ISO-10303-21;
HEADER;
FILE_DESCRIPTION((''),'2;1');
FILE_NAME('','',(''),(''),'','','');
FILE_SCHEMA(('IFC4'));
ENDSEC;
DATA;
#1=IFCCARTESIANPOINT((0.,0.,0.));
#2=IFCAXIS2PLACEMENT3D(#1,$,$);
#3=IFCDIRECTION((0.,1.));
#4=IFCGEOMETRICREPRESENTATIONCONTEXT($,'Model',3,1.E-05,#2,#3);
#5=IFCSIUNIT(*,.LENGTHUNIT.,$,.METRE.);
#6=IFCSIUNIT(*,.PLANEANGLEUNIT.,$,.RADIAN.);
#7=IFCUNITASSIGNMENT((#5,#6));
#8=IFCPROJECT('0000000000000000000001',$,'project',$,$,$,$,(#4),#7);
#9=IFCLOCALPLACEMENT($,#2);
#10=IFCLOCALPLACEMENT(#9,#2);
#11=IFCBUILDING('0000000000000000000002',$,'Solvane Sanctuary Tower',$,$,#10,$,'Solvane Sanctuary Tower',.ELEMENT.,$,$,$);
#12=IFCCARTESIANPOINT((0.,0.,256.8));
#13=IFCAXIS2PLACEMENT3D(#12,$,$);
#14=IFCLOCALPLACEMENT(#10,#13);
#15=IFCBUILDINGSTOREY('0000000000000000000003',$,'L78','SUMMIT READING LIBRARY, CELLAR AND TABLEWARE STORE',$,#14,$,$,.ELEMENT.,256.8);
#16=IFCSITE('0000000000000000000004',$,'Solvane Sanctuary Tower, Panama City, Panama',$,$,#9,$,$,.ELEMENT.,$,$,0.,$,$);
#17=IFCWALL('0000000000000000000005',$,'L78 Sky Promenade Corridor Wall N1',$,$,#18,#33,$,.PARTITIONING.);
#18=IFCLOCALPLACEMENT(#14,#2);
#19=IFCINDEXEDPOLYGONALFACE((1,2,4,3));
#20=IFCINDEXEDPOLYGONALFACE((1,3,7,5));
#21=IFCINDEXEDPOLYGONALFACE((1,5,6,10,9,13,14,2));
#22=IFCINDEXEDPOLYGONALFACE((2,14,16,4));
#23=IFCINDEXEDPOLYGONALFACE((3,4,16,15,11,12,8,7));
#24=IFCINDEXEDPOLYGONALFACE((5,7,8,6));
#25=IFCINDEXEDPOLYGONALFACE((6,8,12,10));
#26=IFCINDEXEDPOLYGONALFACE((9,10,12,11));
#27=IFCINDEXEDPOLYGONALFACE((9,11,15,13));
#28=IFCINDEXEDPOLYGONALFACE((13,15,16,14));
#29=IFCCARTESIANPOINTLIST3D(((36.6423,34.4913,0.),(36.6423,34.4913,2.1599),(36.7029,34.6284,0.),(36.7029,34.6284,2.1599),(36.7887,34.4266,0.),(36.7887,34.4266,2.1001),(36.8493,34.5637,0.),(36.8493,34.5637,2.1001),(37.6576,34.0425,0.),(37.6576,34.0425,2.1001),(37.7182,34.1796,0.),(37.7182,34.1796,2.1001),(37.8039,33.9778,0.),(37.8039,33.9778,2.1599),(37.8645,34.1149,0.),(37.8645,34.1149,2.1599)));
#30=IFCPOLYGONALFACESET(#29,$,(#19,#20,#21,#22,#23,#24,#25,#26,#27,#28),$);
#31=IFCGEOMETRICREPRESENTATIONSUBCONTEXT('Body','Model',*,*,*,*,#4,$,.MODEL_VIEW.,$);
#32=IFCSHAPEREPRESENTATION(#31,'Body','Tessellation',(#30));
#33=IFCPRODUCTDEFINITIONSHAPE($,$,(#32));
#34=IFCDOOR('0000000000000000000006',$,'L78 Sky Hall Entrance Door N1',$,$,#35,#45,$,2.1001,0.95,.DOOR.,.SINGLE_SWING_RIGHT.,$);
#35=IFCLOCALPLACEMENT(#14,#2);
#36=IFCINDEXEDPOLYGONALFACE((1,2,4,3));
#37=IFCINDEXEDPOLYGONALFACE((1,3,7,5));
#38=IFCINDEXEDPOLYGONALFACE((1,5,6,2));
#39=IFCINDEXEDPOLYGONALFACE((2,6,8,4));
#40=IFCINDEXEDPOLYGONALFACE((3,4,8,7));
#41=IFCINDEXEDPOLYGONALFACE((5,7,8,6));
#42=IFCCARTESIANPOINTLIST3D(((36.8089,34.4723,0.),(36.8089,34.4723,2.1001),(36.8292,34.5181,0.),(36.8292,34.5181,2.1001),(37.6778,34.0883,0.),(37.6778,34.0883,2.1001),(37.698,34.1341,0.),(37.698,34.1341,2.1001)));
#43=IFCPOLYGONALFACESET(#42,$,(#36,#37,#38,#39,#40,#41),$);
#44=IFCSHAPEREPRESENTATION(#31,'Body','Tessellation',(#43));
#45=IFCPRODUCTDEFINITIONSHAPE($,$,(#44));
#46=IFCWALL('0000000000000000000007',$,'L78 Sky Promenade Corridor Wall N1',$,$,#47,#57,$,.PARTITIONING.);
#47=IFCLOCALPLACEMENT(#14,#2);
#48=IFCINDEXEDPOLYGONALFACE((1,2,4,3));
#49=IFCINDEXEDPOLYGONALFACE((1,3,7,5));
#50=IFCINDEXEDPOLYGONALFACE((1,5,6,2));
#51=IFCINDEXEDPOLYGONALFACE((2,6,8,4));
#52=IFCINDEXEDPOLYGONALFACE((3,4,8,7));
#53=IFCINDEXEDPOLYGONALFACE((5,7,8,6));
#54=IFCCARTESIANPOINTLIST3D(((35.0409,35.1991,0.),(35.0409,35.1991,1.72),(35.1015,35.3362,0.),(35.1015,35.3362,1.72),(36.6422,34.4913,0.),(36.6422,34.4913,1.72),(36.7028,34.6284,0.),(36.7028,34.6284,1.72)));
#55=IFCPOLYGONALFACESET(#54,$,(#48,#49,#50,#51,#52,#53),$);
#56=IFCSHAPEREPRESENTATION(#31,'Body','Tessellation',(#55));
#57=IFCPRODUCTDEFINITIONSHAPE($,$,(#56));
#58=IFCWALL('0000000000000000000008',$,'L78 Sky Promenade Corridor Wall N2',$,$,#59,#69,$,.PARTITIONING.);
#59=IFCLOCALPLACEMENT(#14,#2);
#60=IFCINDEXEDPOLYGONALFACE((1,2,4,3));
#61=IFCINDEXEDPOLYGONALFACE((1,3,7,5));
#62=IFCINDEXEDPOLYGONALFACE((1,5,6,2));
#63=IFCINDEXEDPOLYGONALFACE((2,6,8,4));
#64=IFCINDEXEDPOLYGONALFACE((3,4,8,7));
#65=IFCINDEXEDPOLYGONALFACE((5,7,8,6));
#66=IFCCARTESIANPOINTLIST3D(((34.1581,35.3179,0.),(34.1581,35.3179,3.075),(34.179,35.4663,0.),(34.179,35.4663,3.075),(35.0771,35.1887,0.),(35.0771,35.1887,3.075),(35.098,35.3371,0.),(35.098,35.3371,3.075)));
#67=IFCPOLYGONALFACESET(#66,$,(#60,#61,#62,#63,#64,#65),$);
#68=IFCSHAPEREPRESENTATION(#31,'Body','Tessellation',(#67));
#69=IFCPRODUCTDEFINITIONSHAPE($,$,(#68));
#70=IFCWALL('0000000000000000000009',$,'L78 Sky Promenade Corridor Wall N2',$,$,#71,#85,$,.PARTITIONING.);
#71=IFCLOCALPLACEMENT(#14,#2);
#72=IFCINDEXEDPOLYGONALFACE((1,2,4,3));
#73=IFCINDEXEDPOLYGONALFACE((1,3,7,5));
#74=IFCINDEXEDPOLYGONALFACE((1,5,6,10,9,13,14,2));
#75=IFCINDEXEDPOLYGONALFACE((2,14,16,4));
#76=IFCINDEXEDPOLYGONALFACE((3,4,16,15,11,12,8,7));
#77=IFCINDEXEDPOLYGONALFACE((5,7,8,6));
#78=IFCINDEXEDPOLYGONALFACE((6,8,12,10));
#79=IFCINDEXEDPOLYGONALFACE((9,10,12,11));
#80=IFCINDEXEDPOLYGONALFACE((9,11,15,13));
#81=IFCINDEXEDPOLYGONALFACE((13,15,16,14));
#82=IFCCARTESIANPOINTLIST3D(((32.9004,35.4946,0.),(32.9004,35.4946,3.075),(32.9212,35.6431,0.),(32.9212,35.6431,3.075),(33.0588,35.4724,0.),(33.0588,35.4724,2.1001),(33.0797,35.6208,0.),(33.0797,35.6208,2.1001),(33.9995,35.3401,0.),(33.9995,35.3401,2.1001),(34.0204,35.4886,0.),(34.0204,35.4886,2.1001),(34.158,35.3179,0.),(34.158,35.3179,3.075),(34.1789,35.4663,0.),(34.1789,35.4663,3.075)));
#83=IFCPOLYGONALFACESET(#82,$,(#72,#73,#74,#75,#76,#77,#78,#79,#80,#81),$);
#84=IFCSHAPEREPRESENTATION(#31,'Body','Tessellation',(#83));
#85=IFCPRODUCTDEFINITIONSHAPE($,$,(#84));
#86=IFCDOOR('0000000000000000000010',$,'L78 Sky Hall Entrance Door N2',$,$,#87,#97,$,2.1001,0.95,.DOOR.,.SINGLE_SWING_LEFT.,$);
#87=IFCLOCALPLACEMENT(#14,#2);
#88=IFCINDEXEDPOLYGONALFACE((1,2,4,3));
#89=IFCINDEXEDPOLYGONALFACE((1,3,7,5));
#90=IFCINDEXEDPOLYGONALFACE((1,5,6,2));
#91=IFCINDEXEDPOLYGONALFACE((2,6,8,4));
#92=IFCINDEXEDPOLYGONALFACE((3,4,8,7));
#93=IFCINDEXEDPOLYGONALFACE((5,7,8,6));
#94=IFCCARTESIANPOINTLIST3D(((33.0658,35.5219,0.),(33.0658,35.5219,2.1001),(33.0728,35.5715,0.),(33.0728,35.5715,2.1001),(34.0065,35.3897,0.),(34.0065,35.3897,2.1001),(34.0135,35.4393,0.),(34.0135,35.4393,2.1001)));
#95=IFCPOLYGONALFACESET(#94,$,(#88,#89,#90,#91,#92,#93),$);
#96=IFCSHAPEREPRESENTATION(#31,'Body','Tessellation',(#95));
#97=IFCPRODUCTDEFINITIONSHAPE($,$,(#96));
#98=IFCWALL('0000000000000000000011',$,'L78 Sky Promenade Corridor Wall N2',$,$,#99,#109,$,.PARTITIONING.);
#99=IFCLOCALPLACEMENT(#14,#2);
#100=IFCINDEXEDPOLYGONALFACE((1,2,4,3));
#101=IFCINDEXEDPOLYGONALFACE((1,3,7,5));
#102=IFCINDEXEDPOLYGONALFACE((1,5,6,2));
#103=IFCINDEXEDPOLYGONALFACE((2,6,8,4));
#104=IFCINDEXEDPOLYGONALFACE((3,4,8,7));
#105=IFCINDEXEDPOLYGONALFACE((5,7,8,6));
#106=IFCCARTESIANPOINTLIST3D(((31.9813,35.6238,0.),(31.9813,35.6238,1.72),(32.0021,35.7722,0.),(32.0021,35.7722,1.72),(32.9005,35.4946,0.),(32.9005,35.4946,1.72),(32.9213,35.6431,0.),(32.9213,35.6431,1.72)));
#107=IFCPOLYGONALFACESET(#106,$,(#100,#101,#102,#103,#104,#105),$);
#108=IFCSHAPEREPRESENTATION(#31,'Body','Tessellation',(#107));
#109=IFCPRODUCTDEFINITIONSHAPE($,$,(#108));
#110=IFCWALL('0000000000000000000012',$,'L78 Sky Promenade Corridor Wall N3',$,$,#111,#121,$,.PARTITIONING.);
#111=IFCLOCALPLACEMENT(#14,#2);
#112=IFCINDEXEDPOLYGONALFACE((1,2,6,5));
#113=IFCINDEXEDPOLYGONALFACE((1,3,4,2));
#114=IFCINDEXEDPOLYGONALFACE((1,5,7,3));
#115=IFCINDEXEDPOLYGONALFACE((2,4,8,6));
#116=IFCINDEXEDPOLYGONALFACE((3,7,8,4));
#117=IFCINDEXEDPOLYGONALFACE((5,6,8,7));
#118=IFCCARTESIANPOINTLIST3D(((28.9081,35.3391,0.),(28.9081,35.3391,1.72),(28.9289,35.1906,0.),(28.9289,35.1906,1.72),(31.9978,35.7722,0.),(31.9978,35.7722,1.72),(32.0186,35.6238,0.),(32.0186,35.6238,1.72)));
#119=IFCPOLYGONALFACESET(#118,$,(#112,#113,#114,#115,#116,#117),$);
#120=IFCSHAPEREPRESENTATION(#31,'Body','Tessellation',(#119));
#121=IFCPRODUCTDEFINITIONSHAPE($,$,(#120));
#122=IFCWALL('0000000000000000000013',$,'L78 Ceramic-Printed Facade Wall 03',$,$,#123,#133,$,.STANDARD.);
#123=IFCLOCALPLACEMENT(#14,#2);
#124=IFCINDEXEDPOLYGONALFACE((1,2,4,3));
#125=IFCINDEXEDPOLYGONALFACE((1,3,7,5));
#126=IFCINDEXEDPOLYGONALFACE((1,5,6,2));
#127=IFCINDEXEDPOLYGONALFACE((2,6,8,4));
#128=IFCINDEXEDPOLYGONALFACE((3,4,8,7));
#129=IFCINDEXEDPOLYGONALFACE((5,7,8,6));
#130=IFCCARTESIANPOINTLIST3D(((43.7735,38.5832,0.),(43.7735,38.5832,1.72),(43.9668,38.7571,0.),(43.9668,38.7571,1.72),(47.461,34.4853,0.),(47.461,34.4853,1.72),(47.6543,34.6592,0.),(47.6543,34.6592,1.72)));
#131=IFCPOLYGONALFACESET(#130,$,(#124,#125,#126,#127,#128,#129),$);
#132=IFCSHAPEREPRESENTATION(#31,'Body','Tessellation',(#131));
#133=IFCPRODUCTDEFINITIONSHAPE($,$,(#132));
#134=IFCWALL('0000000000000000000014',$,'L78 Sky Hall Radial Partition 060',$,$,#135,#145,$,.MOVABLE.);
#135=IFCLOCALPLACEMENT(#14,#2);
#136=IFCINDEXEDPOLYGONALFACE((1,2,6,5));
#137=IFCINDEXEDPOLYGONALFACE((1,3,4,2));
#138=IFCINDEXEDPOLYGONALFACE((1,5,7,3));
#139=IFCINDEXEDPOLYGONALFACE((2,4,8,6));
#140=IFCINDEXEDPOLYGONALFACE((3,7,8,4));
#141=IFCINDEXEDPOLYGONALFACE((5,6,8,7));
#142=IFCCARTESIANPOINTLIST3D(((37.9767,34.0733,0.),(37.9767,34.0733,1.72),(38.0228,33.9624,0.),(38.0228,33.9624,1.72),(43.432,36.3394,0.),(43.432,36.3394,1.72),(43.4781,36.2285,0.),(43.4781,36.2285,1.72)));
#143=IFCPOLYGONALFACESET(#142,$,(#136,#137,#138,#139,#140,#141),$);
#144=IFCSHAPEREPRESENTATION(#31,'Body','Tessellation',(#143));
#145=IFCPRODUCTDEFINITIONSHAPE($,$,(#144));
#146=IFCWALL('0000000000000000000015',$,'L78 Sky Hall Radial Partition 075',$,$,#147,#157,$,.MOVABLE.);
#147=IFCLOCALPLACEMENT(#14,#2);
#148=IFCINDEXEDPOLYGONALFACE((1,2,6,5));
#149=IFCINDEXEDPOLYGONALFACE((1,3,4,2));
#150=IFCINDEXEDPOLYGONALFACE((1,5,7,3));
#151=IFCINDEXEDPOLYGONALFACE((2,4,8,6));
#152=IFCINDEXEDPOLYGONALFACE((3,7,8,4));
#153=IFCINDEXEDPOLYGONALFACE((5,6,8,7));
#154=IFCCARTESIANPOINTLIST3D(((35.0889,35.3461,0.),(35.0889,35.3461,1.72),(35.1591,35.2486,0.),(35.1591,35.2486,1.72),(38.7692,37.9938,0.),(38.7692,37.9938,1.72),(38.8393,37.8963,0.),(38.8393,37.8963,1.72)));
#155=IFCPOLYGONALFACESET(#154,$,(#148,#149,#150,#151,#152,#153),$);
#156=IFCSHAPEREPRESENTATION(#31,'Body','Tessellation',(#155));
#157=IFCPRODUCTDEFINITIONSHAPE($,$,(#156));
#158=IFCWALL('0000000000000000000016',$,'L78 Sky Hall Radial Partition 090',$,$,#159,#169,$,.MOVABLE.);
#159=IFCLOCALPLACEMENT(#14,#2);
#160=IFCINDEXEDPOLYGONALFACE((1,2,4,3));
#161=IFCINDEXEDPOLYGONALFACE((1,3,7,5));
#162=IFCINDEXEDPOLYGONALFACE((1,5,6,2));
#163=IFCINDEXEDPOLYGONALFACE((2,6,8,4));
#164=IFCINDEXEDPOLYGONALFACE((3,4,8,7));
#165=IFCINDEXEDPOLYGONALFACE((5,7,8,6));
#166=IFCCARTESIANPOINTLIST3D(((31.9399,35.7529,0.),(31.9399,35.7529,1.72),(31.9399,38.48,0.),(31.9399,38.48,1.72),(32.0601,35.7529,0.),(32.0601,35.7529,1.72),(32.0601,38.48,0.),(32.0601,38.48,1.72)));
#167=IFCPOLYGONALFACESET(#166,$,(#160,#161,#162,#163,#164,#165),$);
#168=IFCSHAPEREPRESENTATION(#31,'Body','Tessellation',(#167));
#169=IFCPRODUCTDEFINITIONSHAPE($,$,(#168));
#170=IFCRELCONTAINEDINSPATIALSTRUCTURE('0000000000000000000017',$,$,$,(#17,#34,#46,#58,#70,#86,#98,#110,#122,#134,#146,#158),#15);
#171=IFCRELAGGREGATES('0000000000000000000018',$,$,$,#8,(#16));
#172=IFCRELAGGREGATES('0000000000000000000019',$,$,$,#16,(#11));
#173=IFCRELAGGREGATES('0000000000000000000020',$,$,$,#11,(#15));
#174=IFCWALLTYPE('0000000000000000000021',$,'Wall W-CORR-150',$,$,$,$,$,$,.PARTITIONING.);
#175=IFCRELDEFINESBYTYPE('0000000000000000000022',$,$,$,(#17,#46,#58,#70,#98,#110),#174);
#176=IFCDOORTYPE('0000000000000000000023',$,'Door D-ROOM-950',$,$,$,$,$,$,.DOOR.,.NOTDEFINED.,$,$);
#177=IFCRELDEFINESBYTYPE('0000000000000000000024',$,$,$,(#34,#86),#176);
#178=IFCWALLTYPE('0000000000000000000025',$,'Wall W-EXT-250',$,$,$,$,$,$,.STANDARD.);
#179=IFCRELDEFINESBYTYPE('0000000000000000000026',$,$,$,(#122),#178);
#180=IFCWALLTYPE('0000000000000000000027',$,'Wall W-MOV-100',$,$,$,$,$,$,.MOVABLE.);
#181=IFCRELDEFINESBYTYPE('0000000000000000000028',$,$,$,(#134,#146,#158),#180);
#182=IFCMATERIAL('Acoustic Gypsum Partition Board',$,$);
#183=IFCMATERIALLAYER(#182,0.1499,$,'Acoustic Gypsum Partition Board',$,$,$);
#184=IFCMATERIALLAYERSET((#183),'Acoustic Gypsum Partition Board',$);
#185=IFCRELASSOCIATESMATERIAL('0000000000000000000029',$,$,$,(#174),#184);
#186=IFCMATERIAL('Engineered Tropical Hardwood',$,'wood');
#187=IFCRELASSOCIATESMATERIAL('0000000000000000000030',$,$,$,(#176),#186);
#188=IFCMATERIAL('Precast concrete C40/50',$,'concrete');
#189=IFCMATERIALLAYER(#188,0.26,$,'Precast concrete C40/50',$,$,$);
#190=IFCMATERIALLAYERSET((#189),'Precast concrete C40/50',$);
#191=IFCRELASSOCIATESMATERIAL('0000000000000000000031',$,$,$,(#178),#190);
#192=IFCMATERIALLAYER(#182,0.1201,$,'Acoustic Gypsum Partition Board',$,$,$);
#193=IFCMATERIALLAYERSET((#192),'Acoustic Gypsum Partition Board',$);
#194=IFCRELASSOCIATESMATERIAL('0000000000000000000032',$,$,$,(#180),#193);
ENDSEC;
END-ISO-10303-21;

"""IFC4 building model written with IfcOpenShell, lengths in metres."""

from ifc_helpers import new_model, si_unit, direction, frame, frame_2d, origin, place, context, subcontext, project, spatial, rectangle, extrude, material, layer, layer_set, type_object, element, fill, save


model = new_model("IFC4")

# Units and contexts
model_context = context("Model", 3, precision=1e-05, world=origin(), true_north=direction((0.0, 1.0)))
body_context = subcontext(model_context, "Body", "Model", "MODEL_VIEW")
ifc_project = project(units=[si_unit("LENGTHUNIT", "METRE"), si_unit("PLANEANGLEUNIT", "RADIAN")], contexts=[model_context])

# Site, building, storey
site_placement = place(None, origin())
site = spatial("IfcSite", under=ifc_project, at=site_placement, Name="Solvane Sanctuary Tower, Panama City, Panama", CompositionType="ELEMENT", RefElevation=0.0)
building_placement = place(site_placement, origin())
building = spatial("IfcBuilding", under=site, at=building_placement, Name="Solvane Sanctuary Tower", LongName="Solvane Sanctuary Tower", CompositionType="ELEMENT")
storey_placement = place(building_placement, frame((0.0, 0.0, 256.8)))
storey = spatial("IfcBuildingStorey", under=building, at=storey_placement, Name="L78", Description="SUMMIT READING LIBRARY, CELLAR AND TABLEWARE STORE", CompositionType="ELEMENT", Elevation=256.8)

# Shared definitions
ifc_material_1 = material(Name="Acoustic Gypsum Partition Board")
ifc_layer_1 = layer(ifc_material_1, 0.1499, Name="Acoustic Gypsum Partition Board")
ifc_layer_set_1 = layer_set([ifc_layer_1], Name="Acoustic Gypsum Partition Board")
wall_type_1 = type_object("IfcWallType", Name="Wall W-CORR-150", PredefinedType="PARTITIONING", material=ifc_layer_set_1)

# Shared definitions
ifc_material_2 = material(Name="Engineered Tropical Hardwood", Category="wood")
door_type = type_object("IfcDoorType", Name="Door D-ROOM-950", OperationType="NOTDEFINED", PredefinedType="DOOR", material=ifc_material_2)

# Wall, opening, door
wall_1_placement = place(storey_placement, frame((37.8342, 34.0464, 0.0), z_axis=(0.0, 0.0, 1.0), x_axis=(-0.914642, 0.404265, 0.0)))
wall_1 = element("IfcWall", 1, at=wall_1_placement, inside=storey, type_object=wall_type_1, Name="L78 Sky Promenade Corridor Wall N1", PredefinedType="PARTITIONING", context=body_context, shape_type="SweptSolid", body=[
    extrude(rectangle(XDim=1.27, YDim=0.1499, at=frame_2d((0.635, 0.0))), origin(), (0.0, 0.0, 1.0), 2.1599),
])
opening_1_placement = place(wall_1_placement, frame((0.1599, 0.0, 0.0)))
opening_1 = element("IfcOpeningElement", 2, at=opening_1_placement, cuts=wall_1, PredefinedType="OPENING", context=body_context, shape_type="SweptSolid", body=[
    extrude(rectangle(XDim=0.95, YDim=2.1001, at=frame_2d((0.4751, 1.05))), frame((0.0, 0.085, 0.0), z_axis=(0.0, -1.0, 0.0), x_axis=(1.0, 0.0, 0.0)), (0.0, 0.0, 1.0), 0.1699),
])
door_1_placement = place(opening_1_placement, origin())
door_1 = element("IfcDoor", 3, at=door_1_placement, inside=storey, type_object=door_type, Name="L78 Sky Hall Entrance Door N1", OperationType="SINGLE_SWING_RIGHT", OverallHeight=2.1001, OverallWidth=0.95, PredefinedType="DOOR", context=body_context, shape_type="SweptSolid", body=[
    extrude(rectangle(XDim=0.95, YDim=2.1001, at=frame_2d((0.4751, 1.05))), frame((0.0, 0.0249, 0.0), z_axis=(0.0, -1.0, 0.0), x_axis=(1.0, 0.0, 0.0)), (0.0, 0.0, 1.0), 0.05),
])
fill(opening_1, door_1)

# Walls
wall_2_placement = place(storey_placement, frame((36.6726, 34.5598, 0.0), z_axis=(0.0, 0.0, 1.0), x_axis=(-0.914643, 0.404262, 0.0)))
element("IfcWall", 4, at=wall_2_placement, inside=storey, type_object=wall_type_1, Name="L78 Sky Promenade Corridor Wall N1", PredefinedType="PARTITIONING", context=body_context, shape_type="SweptSolid", body=[
    extrude(rectangle(XDim=1.7507, YDim=0.1499, at=frame_2d((0.8755, 0.0))), origin(), (0.0, 0.0, 1.0), 1.72),
])
wall_3_placement = place(storey_placement, frame((35.0874, 35.2629, 0.0), z_axis=(0.0, 0.0, 1.0), x_axis=(-0.990268, 0.139174, 0.0)))
element("IfcWall", 5, at=wall_3_placement, inside=storey, type_object=wall_type_1, Name="L78 Sky Promenade Corridor Wall N2", PredefinedType="PARTITIONING", context=body_context, shape_type="SweptSolid", body=[
    extrude(rectangle(XDim=0.928, YDim=0.1499, at=frame_2d((0.4639, 0.0))), origin(), (0.0, 0.0, 1.0), 3.075),
])

# Wall, opening, door
wall_4_placement = place(storey_placement, frame((34.1685, 35.3921, 0.0), z_axis=(0.0, 0.0, 1.0), x_axis=(-0.990266, 0.139187, 0.0)))
wall_4 = element("IfcWall", 6, at=wall_4_placement, inside=storey, type_object=wall_type_1, Name="L78 Sky Promenade Corridor Wall N2", PredefinedType="PARTITIONING", context=body_context, shape_type="SweptSolid", body=[
    extrude(rectangle(XDim=1.27, YDim=0.1499, at=frame_2d((0.635, 0.0))), origin(), (0.0, 0.0, 1.0), 3.075),
])
opening_2_placement = place(wall_4_placement, frame((0.1599, 0.0, 0.0)))
opening_2 = element("IfcOpeningElement", 7, at=opening_2_placement, cuts=wall_4, PredefinedType="OPENING", context=body_context, shape_type="SweptSolid", body=[
    extrude(rectangle(XDim=0.95, YDim=2.1001, at=frame_2d((0.4751, 1.05))), frame((0.0, 0.085, 0.0), z_axis=(0.0, -1.0, 0.0), x_axis=(1.0, 0.0, 0.0)), (0.0, 0.0, 1.0), 0.1699),
])
door_2_placement = place(opening_2_placement, origin())
door_2 = element("IfcDoor", 8, at=door_2_placement, inside=storey, type_object=door_type, Name="L78 Sky Hall Entrance Door N2", OperationType="SINGLE_SWING_LEFT", OverallHeight=2.1001, OverallWidth=0.95, PredefinedType="DOOR", context=body_context, shape_type="SweptSolid", body=[
    extrude(rectangle(XDim=0.95, YDim=2.1001, at=frame_2d((0.4751, 1.05))), frame((0.0, 0.0249, 0.0), z_axis=(0.0, -1.0, 0.0), x_axis=(1.0, 0.0, 0.0)), (0.0, 0.0, 1.0), 0.05),
])
fill(opening_2, door_2)

# Walls
wall_5_placement = place(storey_placement, frame((32.9109, 35.5688, 0.0), z_axis=(0.0, 0.0, 1.0), x_axis=(-0.990273, 0.139138, 0.0)))
element("IfcWall", 9, at=wall_5_placement, inside=storey, type_object=wall_type_1, Name="L78 Sky Promenade Corridor Wall N2", PredefinedType="PARTITIONING", context=body_context, shape_type="SweptSolid", body=[
    extrude(rectangle(XDim=0.9282, YDim=0.1499, at=frame_2d((0.4641, 0.0))), origin(), (0.0, 0.0, 1.0), 1.72),
])
wall_6_placement = place(storey_placement, frame((32.0083, 35.698, 0.0), z_axis=(0.0, 0.0, 1.0), x_axis=(-0.990317, -0.138824, 0.0)))
element("IfcWall", 10, at=wall_6_placement, inside=storey, type_object=wall_type_1, Name="L78 Sky Promenade Corridor Wall N3", PredefinedType="PARTITIONING", context=body_context, shape_type="SweptSolid", body=[
    extrude(rectangle(XDim=3.1199, YDim=0.1499, at=frame_2d((1.5601, 0.0))), origin(), (0.0, 0.0, 1.0), 1.72),
])
ifc_material_3 = material(Name="Precast concrete C40/50", Category="concrete")
ifc_layer_2 = layer(ifc_material_3, 0.26, Name="Precast concrete C40/50")
ifc_layer_set_2 = layer_set([ifc_layer_2], Name="Precast concrete C40/50")
wall_type_2 = type_object("IfcWallType", Name="Wall W-EXT-250", PredefinedType="STANDARD", material=ifc_layer_set_2)
wall_7_placement = place(storey_placement, frame((47.5576, 34.5723, 0.0), z_axis=(0.0, 0.0, 1.0), x_axis=(-0.668904, 0.743349, 0.0)))
element("IfcWall", 11, at=wall_7_placement, inside=storey, type_object=wall_type_2, Name="L78 Ceramic-Printed Facade Wall 03", PredefinedType="STANDARD", context=body_context, shape_type="SweptSolid", body=[
    extrude(rectangle(XDim=5.5127, YDim=0.26, at=frame_2d((2.7563, 0.0))), origin(), (0.0, 0.0, 1.0), 1.72),
])
ifc_layer_3 = layer(ifc_material_1, 0.1201, Name="Acoustic Gypsum Partition Board")
ifc_layer_set_3 = layer_set([ifc_layer_3], Name="Acoustic Gypsum Partition Board")
wall_type_3 = type_object("IfcWallType", Name="Wall W-MOV-100", PredefinedType="MOVABLE", material=ifc_layer_set_3)
wall_8_placement = place(storey_placement, frame((37.9998, 34.0178, 0.0), z_axis=(0.0, 0.0, 1.0), x_axis=(0.923493, 0.383614, 0.0)))
element("IfcWall", 12, at=wall_8_placement, inside=storey, type_object=wall_type_3, Name="L78 Sky Hall Radial Partition 060", PredefinedType="MOVABLE", context=body_context, shape_type="SweptSolid", body=[
    extrude(rectangle(XDim=5.9072, YDim=0.1201, at=frame_2d((2.9536, 0.0))), origin(), (0.0, 0.0, 1.0), 1.72),
])
wall_9_placement = place(storey_placement, frame((35.124, 35.2974, 0.0), z_axis=(0.0, 0.0, 1.0), x_axis=(0.811746, 0.584011, 0.0)))
element("IfcWall", 13, at=wall_9_placement, inside=storey, type_object=wall_type_3, Name="L78 Sky Hall Radial Partition 075", PredefinedType="MOVABLE", context=body_context, shape_type="SweptSolid", body=[
    extrude(rectangle(XDim=4.5337, YDim=0.1201, at=frame_2d((2.2668, 0.0))), origin(), (0.0, 0.0, 1.0), 1.72),
])
wall_10_placement = place(storey_placement, frame((32.0, 35.7529, 0.0), z_axis=(0.0, 0.0, 1.0), x_axis=(0.0, 1.0, 0.0)))
element("IfcWall", 14, at=wall_10_placement, inside=storey, type_object=wall_type_3, Name="L78 Sky Hall Radial Partition 090", PredefinedType="MOVABLE", context=body_context, shape_type="SweptSolid", body=[
    extrude(rectangle(XDim=2.7271, YDim=0.1201, at=frame_2d((1.3635, 0.0))), origin(), (0.0, 0.0, 1.0), 1.72),
])

save(model, "model.ifc")
